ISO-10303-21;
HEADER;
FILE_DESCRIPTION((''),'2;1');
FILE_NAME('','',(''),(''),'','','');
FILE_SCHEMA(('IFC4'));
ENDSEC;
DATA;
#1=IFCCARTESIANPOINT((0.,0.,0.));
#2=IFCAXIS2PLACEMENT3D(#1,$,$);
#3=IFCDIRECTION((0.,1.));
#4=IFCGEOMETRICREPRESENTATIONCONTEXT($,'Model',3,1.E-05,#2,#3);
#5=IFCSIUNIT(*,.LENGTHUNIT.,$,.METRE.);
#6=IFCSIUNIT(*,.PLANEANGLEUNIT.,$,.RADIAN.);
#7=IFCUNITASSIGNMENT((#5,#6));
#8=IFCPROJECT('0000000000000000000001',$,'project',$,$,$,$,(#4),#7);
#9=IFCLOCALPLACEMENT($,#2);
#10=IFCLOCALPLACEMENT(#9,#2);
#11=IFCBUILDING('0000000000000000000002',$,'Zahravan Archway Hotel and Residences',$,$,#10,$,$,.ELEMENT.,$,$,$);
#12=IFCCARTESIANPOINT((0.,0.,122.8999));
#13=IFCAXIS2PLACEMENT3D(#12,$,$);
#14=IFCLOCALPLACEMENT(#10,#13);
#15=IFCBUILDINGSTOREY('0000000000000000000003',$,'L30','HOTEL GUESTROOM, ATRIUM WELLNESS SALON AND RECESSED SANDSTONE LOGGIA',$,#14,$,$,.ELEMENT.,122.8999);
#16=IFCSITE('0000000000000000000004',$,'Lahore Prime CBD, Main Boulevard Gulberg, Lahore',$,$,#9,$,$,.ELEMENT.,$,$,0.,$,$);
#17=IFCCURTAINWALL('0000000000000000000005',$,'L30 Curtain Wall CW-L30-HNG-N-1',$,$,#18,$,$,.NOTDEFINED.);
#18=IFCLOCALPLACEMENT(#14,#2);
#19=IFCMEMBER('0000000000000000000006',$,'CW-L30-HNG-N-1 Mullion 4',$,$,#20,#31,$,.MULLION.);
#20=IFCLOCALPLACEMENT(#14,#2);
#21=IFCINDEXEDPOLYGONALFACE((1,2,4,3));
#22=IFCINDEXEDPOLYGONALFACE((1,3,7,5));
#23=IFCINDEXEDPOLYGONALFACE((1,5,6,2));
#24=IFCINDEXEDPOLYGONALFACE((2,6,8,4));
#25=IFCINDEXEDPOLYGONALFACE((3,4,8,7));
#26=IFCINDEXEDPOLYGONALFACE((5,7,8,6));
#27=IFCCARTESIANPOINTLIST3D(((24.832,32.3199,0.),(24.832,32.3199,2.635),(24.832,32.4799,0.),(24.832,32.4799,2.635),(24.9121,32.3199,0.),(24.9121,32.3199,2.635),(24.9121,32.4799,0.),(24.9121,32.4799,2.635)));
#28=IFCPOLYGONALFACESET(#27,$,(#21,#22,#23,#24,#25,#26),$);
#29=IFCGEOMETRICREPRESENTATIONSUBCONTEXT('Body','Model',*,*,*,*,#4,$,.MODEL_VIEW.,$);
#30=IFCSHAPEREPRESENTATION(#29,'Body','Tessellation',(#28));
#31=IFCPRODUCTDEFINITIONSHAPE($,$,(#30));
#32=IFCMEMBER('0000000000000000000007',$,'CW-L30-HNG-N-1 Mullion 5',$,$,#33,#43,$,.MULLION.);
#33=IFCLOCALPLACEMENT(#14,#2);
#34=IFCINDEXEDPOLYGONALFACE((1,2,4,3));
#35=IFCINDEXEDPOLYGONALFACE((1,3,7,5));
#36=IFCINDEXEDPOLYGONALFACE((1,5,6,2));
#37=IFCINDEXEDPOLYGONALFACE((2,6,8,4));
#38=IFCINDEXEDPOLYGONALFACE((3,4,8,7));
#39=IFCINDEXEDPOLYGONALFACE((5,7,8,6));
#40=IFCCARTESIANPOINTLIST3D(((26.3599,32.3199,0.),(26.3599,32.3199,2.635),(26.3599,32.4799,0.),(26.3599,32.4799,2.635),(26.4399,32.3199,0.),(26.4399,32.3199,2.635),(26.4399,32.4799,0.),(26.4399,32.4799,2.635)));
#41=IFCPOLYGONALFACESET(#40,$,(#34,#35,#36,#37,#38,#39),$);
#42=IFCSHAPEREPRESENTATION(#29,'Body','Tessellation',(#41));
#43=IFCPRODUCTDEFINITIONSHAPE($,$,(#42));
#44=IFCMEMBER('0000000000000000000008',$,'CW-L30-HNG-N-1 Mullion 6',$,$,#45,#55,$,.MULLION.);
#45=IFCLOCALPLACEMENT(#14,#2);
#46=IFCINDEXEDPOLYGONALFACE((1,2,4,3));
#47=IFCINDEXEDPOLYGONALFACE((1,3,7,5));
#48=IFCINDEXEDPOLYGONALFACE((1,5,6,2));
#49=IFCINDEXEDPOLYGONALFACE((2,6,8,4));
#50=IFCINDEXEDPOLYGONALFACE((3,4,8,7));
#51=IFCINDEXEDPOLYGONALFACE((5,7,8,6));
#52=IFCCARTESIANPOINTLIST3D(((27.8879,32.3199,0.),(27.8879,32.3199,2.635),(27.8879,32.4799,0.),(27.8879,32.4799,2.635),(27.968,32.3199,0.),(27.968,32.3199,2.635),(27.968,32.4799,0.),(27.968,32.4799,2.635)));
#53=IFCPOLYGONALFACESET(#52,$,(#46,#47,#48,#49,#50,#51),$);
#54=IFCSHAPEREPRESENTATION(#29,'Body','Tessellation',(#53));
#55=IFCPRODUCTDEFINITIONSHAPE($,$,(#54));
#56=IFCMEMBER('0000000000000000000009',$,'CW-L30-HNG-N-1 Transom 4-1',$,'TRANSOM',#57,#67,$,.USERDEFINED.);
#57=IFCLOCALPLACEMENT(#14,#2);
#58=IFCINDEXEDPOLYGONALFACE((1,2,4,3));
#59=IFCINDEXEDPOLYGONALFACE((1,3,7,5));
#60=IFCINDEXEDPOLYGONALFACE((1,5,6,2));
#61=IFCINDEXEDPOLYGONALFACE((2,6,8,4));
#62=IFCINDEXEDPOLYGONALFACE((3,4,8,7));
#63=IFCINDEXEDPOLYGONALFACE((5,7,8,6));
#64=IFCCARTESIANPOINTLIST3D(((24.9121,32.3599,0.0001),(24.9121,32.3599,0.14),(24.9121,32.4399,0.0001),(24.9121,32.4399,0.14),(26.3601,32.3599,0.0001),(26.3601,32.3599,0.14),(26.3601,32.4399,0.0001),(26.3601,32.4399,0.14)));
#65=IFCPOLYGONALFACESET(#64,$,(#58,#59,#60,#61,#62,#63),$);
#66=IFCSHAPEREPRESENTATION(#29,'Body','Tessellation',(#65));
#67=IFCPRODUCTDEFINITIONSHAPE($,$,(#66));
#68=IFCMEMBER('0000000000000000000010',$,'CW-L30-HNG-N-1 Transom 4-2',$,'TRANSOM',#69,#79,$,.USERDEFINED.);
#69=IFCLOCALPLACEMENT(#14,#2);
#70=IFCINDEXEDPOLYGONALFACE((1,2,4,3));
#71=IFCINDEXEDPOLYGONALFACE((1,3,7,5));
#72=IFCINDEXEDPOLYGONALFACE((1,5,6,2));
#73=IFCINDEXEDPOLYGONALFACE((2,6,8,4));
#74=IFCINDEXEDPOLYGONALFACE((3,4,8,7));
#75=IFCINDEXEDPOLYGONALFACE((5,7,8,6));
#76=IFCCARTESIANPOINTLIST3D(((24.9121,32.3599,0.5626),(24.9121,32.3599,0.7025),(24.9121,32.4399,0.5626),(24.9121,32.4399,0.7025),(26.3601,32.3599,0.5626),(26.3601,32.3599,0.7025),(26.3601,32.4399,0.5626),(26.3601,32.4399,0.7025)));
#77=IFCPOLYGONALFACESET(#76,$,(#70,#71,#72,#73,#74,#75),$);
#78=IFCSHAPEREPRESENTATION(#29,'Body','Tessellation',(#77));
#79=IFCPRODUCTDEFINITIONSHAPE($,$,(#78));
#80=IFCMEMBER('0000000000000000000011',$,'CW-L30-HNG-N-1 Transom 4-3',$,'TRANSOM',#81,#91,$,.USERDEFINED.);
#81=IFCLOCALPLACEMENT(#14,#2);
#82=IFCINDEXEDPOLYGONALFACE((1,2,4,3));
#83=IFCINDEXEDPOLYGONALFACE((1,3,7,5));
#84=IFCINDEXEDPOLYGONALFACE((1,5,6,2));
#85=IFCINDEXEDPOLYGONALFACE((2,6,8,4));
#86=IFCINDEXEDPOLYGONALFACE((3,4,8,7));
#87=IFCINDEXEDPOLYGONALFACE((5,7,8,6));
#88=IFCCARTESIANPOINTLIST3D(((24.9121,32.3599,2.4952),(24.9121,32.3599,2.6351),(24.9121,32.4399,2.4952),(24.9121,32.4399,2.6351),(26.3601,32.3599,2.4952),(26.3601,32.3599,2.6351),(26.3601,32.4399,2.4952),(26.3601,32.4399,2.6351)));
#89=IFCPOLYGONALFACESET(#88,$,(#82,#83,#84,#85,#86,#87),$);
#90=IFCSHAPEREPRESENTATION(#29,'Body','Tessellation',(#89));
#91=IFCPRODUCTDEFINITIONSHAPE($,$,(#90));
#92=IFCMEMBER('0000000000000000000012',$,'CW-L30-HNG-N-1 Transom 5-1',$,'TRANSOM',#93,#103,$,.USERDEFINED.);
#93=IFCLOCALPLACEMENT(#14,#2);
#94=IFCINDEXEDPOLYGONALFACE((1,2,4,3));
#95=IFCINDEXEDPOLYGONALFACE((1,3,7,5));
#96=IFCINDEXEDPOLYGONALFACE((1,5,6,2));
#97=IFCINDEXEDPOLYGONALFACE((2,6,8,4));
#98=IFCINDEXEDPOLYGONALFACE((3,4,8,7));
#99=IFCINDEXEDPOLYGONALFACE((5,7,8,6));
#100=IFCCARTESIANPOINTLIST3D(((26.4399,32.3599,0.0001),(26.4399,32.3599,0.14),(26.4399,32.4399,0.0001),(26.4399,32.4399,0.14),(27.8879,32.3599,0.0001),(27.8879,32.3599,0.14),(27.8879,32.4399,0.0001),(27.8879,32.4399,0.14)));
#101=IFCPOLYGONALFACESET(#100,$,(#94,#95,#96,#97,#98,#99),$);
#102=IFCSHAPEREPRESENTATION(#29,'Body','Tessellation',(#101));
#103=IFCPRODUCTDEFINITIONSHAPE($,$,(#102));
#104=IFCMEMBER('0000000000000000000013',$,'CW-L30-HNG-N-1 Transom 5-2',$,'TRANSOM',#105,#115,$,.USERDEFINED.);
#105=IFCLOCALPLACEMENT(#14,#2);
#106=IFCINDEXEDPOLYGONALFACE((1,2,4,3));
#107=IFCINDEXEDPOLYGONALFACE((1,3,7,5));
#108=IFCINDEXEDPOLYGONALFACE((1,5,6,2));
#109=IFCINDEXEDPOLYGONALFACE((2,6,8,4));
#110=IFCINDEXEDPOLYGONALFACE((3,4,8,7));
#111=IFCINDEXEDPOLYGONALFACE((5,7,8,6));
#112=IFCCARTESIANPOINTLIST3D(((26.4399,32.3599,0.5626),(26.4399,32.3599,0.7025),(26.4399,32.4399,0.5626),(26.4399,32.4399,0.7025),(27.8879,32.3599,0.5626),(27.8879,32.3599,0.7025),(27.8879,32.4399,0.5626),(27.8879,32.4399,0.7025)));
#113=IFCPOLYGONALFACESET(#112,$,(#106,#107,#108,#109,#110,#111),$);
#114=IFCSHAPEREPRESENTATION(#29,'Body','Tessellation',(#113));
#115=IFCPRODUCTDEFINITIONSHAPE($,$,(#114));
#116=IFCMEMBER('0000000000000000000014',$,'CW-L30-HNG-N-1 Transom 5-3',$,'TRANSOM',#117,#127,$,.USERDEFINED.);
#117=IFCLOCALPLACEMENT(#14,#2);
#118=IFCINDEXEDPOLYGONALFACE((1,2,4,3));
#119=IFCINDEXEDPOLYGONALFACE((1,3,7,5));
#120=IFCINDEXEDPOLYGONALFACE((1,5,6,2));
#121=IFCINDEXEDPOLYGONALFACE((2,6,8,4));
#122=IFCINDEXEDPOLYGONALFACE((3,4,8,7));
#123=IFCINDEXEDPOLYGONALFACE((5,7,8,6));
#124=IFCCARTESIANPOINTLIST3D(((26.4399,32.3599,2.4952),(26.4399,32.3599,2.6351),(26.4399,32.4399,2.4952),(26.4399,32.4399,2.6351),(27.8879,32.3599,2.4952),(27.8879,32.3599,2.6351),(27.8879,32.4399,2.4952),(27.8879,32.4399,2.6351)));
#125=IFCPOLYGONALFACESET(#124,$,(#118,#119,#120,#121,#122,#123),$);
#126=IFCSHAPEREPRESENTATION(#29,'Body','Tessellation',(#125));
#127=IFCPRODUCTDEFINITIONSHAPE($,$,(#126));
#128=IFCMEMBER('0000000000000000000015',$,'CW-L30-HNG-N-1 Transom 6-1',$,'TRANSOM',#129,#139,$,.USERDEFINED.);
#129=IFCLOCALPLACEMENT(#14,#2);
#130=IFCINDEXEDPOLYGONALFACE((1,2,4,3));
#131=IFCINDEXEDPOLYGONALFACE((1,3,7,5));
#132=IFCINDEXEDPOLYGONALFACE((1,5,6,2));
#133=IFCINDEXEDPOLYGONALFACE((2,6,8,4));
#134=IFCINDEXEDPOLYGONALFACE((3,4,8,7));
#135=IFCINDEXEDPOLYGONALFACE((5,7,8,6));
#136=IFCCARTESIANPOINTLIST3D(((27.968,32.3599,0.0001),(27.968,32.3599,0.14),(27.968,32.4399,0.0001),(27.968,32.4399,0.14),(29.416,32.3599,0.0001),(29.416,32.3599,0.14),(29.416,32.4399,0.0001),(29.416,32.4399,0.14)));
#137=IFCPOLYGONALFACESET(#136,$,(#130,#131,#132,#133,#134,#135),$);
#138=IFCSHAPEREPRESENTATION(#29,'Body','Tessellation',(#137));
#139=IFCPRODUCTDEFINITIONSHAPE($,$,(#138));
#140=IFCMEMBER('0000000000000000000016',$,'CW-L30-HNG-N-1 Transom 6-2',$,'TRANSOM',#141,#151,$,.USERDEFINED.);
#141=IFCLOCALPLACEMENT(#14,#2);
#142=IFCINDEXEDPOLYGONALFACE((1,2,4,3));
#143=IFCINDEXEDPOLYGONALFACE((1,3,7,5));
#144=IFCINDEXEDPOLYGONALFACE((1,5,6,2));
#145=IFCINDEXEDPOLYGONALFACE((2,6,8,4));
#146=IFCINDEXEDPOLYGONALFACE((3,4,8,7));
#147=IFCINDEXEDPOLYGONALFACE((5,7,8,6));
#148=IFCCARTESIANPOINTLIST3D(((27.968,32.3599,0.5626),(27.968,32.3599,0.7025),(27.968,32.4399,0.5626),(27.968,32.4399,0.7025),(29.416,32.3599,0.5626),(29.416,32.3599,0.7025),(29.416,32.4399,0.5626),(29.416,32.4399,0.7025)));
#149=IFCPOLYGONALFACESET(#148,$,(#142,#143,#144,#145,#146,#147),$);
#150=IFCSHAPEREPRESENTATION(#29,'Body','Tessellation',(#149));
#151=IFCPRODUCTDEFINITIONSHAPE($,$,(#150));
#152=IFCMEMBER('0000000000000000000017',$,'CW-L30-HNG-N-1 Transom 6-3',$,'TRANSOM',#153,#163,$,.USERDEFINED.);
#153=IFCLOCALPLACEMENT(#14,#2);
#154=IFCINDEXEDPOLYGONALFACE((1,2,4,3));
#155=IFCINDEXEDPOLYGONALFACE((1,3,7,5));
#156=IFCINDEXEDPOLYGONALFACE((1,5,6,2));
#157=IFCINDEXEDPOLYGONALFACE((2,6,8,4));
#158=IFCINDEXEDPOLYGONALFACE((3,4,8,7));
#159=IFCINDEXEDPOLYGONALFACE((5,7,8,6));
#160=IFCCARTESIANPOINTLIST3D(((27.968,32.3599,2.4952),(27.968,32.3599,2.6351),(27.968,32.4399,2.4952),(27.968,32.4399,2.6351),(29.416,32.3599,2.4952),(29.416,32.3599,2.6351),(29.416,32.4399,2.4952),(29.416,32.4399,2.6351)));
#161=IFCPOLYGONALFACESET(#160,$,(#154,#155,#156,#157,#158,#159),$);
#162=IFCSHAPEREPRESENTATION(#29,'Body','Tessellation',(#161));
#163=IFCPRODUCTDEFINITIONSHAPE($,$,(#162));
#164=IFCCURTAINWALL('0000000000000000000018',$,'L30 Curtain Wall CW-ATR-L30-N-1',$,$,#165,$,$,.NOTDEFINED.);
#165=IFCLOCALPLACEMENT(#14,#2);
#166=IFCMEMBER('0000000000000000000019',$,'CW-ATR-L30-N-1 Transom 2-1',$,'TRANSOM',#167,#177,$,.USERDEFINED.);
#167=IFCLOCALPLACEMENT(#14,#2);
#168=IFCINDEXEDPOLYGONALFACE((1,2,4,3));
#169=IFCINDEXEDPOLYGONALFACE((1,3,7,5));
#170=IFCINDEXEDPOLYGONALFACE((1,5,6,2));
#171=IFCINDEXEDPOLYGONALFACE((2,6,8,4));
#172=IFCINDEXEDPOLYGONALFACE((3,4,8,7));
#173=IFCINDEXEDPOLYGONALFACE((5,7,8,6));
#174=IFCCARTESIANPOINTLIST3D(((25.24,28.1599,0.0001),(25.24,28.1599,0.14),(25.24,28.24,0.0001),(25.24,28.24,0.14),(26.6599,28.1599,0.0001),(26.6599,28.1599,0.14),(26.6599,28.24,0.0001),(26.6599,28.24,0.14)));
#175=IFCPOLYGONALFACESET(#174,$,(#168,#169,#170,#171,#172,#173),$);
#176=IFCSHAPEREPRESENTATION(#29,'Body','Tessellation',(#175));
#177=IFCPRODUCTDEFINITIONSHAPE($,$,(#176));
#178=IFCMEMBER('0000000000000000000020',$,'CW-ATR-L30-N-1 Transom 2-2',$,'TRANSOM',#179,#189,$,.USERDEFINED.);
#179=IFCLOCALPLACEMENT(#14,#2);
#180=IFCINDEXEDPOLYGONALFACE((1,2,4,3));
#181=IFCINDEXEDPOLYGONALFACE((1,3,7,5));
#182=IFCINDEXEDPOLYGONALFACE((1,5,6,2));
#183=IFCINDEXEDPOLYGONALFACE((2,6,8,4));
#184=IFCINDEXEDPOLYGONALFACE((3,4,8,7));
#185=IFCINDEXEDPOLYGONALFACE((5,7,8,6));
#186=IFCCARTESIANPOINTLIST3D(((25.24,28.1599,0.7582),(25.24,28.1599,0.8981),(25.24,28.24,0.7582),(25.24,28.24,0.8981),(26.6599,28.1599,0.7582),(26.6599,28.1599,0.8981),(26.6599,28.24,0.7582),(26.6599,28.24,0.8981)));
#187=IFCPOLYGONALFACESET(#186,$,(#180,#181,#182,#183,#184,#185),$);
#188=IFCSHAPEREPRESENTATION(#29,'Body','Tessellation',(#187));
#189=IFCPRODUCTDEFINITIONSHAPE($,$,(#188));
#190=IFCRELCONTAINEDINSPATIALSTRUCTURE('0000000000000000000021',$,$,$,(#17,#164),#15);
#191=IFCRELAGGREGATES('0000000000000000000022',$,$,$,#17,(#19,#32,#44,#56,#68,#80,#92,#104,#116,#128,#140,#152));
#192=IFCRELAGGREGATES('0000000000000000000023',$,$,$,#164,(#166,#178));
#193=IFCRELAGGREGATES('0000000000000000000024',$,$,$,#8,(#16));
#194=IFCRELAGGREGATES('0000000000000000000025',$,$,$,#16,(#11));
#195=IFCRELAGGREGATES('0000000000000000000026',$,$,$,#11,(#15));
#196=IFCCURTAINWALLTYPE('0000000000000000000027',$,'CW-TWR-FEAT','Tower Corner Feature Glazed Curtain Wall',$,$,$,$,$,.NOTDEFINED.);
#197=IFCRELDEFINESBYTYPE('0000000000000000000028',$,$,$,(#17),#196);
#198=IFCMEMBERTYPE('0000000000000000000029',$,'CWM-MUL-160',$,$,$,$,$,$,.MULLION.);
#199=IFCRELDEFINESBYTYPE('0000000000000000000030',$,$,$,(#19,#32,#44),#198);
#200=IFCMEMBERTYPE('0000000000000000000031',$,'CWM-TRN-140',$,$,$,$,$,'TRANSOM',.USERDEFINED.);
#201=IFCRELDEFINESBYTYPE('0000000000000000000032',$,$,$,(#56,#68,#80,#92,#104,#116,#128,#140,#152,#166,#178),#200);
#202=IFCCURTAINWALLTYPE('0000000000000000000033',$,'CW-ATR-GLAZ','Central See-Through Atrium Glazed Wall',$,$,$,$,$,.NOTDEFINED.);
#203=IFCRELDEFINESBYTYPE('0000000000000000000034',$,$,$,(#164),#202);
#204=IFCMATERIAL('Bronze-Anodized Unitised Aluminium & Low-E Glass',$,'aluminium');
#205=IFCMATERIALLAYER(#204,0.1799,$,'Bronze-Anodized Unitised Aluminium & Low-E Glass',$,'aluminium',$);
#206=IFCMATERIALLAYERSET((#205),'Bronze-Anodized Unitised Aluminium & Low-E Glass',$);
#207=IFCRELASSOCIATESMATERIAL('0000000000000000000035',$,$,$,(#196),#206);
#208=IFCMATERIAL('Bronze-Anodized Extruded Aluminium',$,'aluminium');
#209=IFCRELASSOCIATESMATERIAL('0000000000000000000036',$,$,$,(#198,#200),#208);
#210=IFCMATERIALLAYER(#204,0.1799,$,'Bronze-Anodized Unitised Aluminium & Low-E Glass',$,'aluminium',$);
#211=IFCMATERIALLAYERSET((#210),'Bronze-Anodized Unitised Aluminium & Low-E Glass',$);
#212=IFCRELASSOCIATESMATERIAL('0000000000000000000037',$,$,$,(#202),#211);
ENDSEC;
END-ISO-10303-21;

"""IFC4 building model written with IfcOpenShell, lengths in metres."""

from ifc_helpers import new_model, si_unit, direction, frame, origin, origin_2d, place, context, subcontext, project, spatial, rectangle, extrude, source, transform, mapped, material, layer, layer_set, material_profile, profile_set, type_object, element, aggregate, save


model = new_model("IFC4")

# Units and contexts
model_context = context("Model", 3, precision=1e-05, world=origin(), true_north=direction((0.0, 1.0)))
body_context = subcontext(model_context, "Body", "Model", "MODEL_VIEW")
ifc_project = project(units=[si_unit("LENGTHUNIT", "METRE"), si_unit("PLANEANGLEUNIT", "RADIAN")], contexts=[model_context])

# Site, building, storey
site_placement = place(None, origin())
site = spatial("IfcSite", under=ifc_project, at=site_placement, Name="Lahore Prime CBD, Main Boulevard Gulberg, Lahore", CompositionType="ELEMENT", RefElevation=0.0)
building_placement = place(site_placement, origin())
building = spatial("IfcBuilding", under=site, at=building_placement, Name="Zahravan Archway Hotel and Residences", CompositionType="ELEMENT")
storey_placement = place(building_placement, frame((0.0, 0.0, 122.8999)))
storey = spatial("IfcBuildingStorey", under=building, at=storey_placement, Name="L30", Description="HOTEL GUESTROOM, ATRIUM WELLNESS SALON AND RECESSED SANDSTONE LOGGIA", CompositionType="ELEMENT", Elevation=122.8999)

# Curtain walls, members
ifc_material_1 = material(Name="Bronze-Anodized Unitised Aluminium & Low-E Glass", Category="aluminium")
ifc_layer_1 = layer(ifc_material_1, 0.1799, Name="Bronze-Anodized Unitised Aluminium & Low-E Glass", Category="aluminium")
ifc_layer_set_1 = layer_set([ifc_layer_1], Name="Bronze-Anodized Unitised Aluminium & Low-E Glass")
curtain_wall_type_1 = type_object("IfcCurtainWallType", Name="CW-TWR-FEAT", Description="Tower Corner Feature Glazed Curtain Wall", PredefinedType="NOTDEFINED", material=ifc_layer_set_1)
curtain_wall_1_placement = place(storey_placement, origin())
curtain_wall_1 = element("IfcCurtainWall", 1, at=curtain_wall_1_placement, inside=storey, type_object=curtain_wall_type_1, Name="L30 Curtain Wall CW-L30-HNG-N-1", PredefinedType="NOTDEFINED")
ifc_material_2 = material(Name="Bronze-Anodized Extruded Aluminium", Category="aluminium")
ifc_material_profile_1 = material_profile(ifc_material_2, rectangle(XDim=0.0801, YDim=0.1599, at=origin_2d()), Name="MUL 80x160", Category="aluminium")
ifc_profile_set_1 = profile_set([ifc_material_profile_1], Name="Bronze-Anodized Extruded Aluminium")
member_type_1 = type_object("IfcMemberType", Name="CWM-MUL-160", PredefinedType="MULLION", material=ifc_profile_set_1)
shared_shape_1 = source(origin(), body_context, "Body", "SweptSolid", [
    extrude(rectangle(XDim=0.0801, YDim=0.1599, at=origin_2d()), origin(), (0.0, 0.0, 1.0), 2.635),
])
member_1_placement = place(storey_placement, frame((24.8721, 32.3999, 0.0), z_axis=(0.0, 0.0, 1.0), x_axis=(1.0, 0.0, 0.0)))
member_1 = element("IfcMember", 2, at=member_1_placement, type_object=member_type_1, Name="CW-L30-HNG-N-1 Mullion 4", PredefinedType="MULLION", context=body_context, shape_type="MappedRepresentation", body=[
    mapped(shared_shape_1, transform((0.0, 0.0, 0.0), scale=1.0)),
])
member_2_placement = place(storey_placement, frame((26.3999, 32.3999, 0.0), z_axis=(0.0, 0.0, 1.0), x_axis=(1.0, 0.0, 0.0)))
member_2 = element("IfcMember", 3, at=member_2_placement, type_object=member_type_1, Name="CW-L30-HNG-N-1 Mullion 5", PredefinedType="MULLION", context=body_context, shape_type="MappedRepresentation", body=[
    mapped(shared_shape_1, transform((0.0, 0.0, 0.0), scale=1.0)),
])
member_3_placement = place(storey_placement, frame((27.928, 32.3999, 0.0), z_axis=(0.0, 0.0, 1.0), x_axis=(1.0, 0.0, 0.0)))
member_3 = element("IfcMember", 4, at=member_3_placement, type_object=member_type_1, Name="CW-L30-HNG-N-1 Mullion 6", PredefinedType="MULLION", context=body_context, shape_type="MappedRepresentation", body=[
    mapped(shared_shape_1, transform((0.0, 0.0, 0.0), scale=1.0)),
])
ifc_material_profile_2 = material_profile(ifc_material_2, rectangle(XDim=0.0801, YDim=0.1399, at=origin_2d()), Name="TRN 80x140", Category="aluminium")
ifc_profile_set_2 = profile_set([ifc_material_profile_2], Name="Bronze-Anodized Extruded Aluminium")
member_type_2 = type_object("IfcMemberType", Name="CWM-TRN-140", ElementType="TRANSOM", PredefinedType="USERDEFINED", material=ifc_profile_set_2)
shared_shape_2 = source(origin(), body_context, "Body", "SweptSolid", [
    extrude(rectangle(XDim=0.0801, YDim=0.1399, at=origin_2d()), origin(), (0.0, 0.0, 1.0), 1.448),
])
member_4_placement = place(storey_placement, frame((24.9121, 32.3999, 0.0701), z_axis=(1.0, 0.0, 0.0), x_axis=(0.0, 1.0, 0.0)))
member_4 = element("IfcMember", 5, at=member_4_placement, type_object=member_type_2, Name="CW-L30-HNG-N-1 Transom 4-1", ObjectType="TRANSOM", PredefinedType="USERDEFINED", context=body_context, shape_type="MappedRepresentation", body=[
    mapped(shared_shape_2, transform((0.0, 0.0, 0.0), scale=1.0)),
])
member_5_placement = place(storey_placement, frame((24.9121, 32.3999, 0.6326), z_axis=(1.0, 0.0, 0.0), x_axis=(0.0, 1.0, 0.0)))
member_5 = element("IfcMember", 6, at=member_5_placement, type_object=member_type_2, Name="CW-L30-HNG-N-1 Transom 4-2", ObjectType="TRANSOM", PredefinedType="USERDEFINED", context=body_context, shape_type="MappedRepresentation", body=[
    mapped(shared_shape_2, transform((0.0, 0.0, 0.0), scale=1.0)),
])
member_6_placement = place(storey_placement, frame((24.9121, 32.3999, 2.5652), z_axis=(1.0, 0.0, 0.0), x_axis=(0.0, 1.0, 0.0)))
member_6 = element("IfcMember", 7, at=member_6_placement, type_object=member_type_2, Name="CW-L30-HNG-N-1 Transom 4-3", ObjectType="TRANSOM", PredefinedType="USERDEFINED", context=body_context, shape_type="MappedRepresentation", body=[
    mapped(shared_shape_2, transform((0.0, 0.0, 0.0), scale=1.0)),
])
member_7_placement = place(storey_placement, frame((26.4399, 32.3999, 0.0701), z_axis=(1.0, 0.0, 0.0), x_axis=(0.0, 1.0, 0.0)))
member_7 = element("IfcMember", 8, at=member_7_placement, type_object=member_type_2, Name="CW-L30-HNG-N-1 Transom 5-1", ObjectType="TRANSOM", PredefinedType="USERDEFINED", context=body_context, shape_type="MappedRepresentation", body=[
    mapped(shared_shape_2, transform((0.0, 0.0, 0.0), scale=1.0)),
])
member_8_placement = place(storey_placement, frame((26.4399, 32.3999, 0.6326), z_axis=(1.0, 0.0, 0.0), x_axis=(0.0, 1.0, 0.0)))
member_8 = element("IfcMember", 9, at=member_8_placement, type_object=member_type_2, Name="CW-L30-HNG-N-1 Transom 5-2", ObjectType="TRANSOM", PredefinedType="USERDEFINED", context=body_context, shape_type="MappedRepresentation", body=[
    mapped(shared_shape_2, transform((0.0, 0.0, 0.0), scale=1.0)),
])
member_9_placement = place(storey_placement, frame((26.4399, 32.3999, 2.5652), z_axis=(1.0, 0.0, 0.0), x_axis=(0.0, 1.0, 0.0)))
member_9 = element("IfcMember", 10, at=member_9_placement, type_object=member_type_2, Name="CW-L30-HNG-N-1 Transom 5-3", ObjectType="TRANSOM", PredefinedType="USERDEFINED", context=body_context, shape_type="MappedRepresentation", body=[
    mapped(shared_shape_2, transform((0.0, 0.0, 0.0), scale=1.0)),
])
member_10_placement = place(storey_placement, frame((27.968, 32.3999, 0.0701), z_axis=(1.0, 0.0, 0.0), x_axis=(0.0, 1.0, 0.0)))
member_10 = element("IfcMember", 11, at=member_10_placement, type_object=member_type_2, Name="CW-L30-HNG-N-1 Transom 6-1", ObjectType="TRANSOM", PredefinedType="USERDEFINED", context=body_context, shape_type="MappedRepresentation", body=[
    mapped(shared_shape_2, transform((0.0, 0.0, 0.0), scale=1.0)),
])
member_11_placement = place(storey_placement, frame((27.968, 32.3999, 0.6326), z_axis=(1.0, 0.0, 0.0), x_axis=(0.0, 1.0, 0.0)))
member_11 = element("IfcMember", 12, at=member_11_placement, type_object=member_type_2, Name="CW-L30-HNG-N-1 Transom 6-2", ObjectType="TRANSOM", PredefinedType="USERDEFINED", context=body_context, shape_type="MappedRepresentation", body=[
    mapped(shared_shape_2, transform((0.0, 0.0, 0.0), scale=1.0)),
])
member_12_placement = place(storey_placement, frame((27.968, 32.3999, 2.5652), z_axis=(1.0, 0.0, 0.0), x_axis=(0.0, 1.0, 0.0)))
member_12 = element("IfcMember", 13, at=member_12_placement, type_object=member_type_2, Name="CW-L30-HNG-N-1 Transom 6-3", ObjectType="TRANSOM", PredefinedType="USERDEFINED", context=body_context, shape_type="MappedRepresentation", body=[
    mapped(shared_shape_2, transform((0.0, 0.0, 0.0), scale=1.0)),
])
ifc_layer_2 = layer(ifc_material_1, 0.1799, Name="Bronze-Anodized Unitised Aluminium & Low-E Glass", Category="aluminium")
ifc_layer_set_2 = layer_set([ifc_layer_2], Name="Bronze-Anodized Unitised Aluminium & Low-E Glass")
curtain_wall_type_2 = type_object("IfcCurtainWallType", Name="CW-ATR-GLAZ", Description="Central See-Through Atrium Glazed Wall", PredefinedType="NOTDEFINED", material=ifc_layer_set_2)
curtain_wall_2_placement = place(storey_placement, origin())
curtain_wall_2 = element("IfcCurtainWall", 14, at=curtain_wall_2_placement, inside=storey, type_object=curtain_wall_type_2, Name="L30 Curtain Wall CW-ATR-L30-N-1", PredefinedType="NOTDEFINED")
shared_shape_3 = source(origin(), body_context, "Body", "SweptSolid", [
    extrude(rectangle(XDim=0.0801, YDim=0.1399, at=origin_2d()), origin(), (0.0, 0.0, 1.0), 1.4199),
])
member_13_placement = place(storey_placement, frame((25.24, 28.2, 0.0701), z_axis=(1.0, 0.0, 0.0), x_axis=(0.0, 1.0, 0.0)))
member_13 = element("IfcMember", 15, at=member_13_placement, type_object=member_type_2, Name="CW-ATR-L30-N-1 Transom 2-1", ObjectType="TRANSOM", PredefinedType="USERDEFINED", context=body_context, shape_type="MappedRepresentation", body=[
    mapped(shared_shape_3, transform((0.0, 0.0, 0.0), scale=1.0)),
])
member_14_placement = place(storey_placement, frame((25.24, 28.2, 0.8281), z_axis=(1.0, 0.0, 0.0), x_axis=(0.0, 1.0, 0.0)))
member_14 = element("IfcMember", 16, at=member_14_placement, type_object=member_type_2, Name="CW-ATR-L30-N-1 Transom 2-2", ObjectType="TRANSOM", PredefinedType="USERDEFINED", context=body_context, shape_type="MappedRepresentation", body=[
    mapped(shared_shape_3, transform((0.0, 0.0, 0.0), scale=1.0)),
])

aggregate(curtain_wall_1, [member_1, member_2, member_3, member_4, member_5, member_6, member_7, member_8, member_9, member_10, member_11, member_12])
aggregate(curtain_wall_2, [member_13, member_14])

save(model, "model.ifc")
